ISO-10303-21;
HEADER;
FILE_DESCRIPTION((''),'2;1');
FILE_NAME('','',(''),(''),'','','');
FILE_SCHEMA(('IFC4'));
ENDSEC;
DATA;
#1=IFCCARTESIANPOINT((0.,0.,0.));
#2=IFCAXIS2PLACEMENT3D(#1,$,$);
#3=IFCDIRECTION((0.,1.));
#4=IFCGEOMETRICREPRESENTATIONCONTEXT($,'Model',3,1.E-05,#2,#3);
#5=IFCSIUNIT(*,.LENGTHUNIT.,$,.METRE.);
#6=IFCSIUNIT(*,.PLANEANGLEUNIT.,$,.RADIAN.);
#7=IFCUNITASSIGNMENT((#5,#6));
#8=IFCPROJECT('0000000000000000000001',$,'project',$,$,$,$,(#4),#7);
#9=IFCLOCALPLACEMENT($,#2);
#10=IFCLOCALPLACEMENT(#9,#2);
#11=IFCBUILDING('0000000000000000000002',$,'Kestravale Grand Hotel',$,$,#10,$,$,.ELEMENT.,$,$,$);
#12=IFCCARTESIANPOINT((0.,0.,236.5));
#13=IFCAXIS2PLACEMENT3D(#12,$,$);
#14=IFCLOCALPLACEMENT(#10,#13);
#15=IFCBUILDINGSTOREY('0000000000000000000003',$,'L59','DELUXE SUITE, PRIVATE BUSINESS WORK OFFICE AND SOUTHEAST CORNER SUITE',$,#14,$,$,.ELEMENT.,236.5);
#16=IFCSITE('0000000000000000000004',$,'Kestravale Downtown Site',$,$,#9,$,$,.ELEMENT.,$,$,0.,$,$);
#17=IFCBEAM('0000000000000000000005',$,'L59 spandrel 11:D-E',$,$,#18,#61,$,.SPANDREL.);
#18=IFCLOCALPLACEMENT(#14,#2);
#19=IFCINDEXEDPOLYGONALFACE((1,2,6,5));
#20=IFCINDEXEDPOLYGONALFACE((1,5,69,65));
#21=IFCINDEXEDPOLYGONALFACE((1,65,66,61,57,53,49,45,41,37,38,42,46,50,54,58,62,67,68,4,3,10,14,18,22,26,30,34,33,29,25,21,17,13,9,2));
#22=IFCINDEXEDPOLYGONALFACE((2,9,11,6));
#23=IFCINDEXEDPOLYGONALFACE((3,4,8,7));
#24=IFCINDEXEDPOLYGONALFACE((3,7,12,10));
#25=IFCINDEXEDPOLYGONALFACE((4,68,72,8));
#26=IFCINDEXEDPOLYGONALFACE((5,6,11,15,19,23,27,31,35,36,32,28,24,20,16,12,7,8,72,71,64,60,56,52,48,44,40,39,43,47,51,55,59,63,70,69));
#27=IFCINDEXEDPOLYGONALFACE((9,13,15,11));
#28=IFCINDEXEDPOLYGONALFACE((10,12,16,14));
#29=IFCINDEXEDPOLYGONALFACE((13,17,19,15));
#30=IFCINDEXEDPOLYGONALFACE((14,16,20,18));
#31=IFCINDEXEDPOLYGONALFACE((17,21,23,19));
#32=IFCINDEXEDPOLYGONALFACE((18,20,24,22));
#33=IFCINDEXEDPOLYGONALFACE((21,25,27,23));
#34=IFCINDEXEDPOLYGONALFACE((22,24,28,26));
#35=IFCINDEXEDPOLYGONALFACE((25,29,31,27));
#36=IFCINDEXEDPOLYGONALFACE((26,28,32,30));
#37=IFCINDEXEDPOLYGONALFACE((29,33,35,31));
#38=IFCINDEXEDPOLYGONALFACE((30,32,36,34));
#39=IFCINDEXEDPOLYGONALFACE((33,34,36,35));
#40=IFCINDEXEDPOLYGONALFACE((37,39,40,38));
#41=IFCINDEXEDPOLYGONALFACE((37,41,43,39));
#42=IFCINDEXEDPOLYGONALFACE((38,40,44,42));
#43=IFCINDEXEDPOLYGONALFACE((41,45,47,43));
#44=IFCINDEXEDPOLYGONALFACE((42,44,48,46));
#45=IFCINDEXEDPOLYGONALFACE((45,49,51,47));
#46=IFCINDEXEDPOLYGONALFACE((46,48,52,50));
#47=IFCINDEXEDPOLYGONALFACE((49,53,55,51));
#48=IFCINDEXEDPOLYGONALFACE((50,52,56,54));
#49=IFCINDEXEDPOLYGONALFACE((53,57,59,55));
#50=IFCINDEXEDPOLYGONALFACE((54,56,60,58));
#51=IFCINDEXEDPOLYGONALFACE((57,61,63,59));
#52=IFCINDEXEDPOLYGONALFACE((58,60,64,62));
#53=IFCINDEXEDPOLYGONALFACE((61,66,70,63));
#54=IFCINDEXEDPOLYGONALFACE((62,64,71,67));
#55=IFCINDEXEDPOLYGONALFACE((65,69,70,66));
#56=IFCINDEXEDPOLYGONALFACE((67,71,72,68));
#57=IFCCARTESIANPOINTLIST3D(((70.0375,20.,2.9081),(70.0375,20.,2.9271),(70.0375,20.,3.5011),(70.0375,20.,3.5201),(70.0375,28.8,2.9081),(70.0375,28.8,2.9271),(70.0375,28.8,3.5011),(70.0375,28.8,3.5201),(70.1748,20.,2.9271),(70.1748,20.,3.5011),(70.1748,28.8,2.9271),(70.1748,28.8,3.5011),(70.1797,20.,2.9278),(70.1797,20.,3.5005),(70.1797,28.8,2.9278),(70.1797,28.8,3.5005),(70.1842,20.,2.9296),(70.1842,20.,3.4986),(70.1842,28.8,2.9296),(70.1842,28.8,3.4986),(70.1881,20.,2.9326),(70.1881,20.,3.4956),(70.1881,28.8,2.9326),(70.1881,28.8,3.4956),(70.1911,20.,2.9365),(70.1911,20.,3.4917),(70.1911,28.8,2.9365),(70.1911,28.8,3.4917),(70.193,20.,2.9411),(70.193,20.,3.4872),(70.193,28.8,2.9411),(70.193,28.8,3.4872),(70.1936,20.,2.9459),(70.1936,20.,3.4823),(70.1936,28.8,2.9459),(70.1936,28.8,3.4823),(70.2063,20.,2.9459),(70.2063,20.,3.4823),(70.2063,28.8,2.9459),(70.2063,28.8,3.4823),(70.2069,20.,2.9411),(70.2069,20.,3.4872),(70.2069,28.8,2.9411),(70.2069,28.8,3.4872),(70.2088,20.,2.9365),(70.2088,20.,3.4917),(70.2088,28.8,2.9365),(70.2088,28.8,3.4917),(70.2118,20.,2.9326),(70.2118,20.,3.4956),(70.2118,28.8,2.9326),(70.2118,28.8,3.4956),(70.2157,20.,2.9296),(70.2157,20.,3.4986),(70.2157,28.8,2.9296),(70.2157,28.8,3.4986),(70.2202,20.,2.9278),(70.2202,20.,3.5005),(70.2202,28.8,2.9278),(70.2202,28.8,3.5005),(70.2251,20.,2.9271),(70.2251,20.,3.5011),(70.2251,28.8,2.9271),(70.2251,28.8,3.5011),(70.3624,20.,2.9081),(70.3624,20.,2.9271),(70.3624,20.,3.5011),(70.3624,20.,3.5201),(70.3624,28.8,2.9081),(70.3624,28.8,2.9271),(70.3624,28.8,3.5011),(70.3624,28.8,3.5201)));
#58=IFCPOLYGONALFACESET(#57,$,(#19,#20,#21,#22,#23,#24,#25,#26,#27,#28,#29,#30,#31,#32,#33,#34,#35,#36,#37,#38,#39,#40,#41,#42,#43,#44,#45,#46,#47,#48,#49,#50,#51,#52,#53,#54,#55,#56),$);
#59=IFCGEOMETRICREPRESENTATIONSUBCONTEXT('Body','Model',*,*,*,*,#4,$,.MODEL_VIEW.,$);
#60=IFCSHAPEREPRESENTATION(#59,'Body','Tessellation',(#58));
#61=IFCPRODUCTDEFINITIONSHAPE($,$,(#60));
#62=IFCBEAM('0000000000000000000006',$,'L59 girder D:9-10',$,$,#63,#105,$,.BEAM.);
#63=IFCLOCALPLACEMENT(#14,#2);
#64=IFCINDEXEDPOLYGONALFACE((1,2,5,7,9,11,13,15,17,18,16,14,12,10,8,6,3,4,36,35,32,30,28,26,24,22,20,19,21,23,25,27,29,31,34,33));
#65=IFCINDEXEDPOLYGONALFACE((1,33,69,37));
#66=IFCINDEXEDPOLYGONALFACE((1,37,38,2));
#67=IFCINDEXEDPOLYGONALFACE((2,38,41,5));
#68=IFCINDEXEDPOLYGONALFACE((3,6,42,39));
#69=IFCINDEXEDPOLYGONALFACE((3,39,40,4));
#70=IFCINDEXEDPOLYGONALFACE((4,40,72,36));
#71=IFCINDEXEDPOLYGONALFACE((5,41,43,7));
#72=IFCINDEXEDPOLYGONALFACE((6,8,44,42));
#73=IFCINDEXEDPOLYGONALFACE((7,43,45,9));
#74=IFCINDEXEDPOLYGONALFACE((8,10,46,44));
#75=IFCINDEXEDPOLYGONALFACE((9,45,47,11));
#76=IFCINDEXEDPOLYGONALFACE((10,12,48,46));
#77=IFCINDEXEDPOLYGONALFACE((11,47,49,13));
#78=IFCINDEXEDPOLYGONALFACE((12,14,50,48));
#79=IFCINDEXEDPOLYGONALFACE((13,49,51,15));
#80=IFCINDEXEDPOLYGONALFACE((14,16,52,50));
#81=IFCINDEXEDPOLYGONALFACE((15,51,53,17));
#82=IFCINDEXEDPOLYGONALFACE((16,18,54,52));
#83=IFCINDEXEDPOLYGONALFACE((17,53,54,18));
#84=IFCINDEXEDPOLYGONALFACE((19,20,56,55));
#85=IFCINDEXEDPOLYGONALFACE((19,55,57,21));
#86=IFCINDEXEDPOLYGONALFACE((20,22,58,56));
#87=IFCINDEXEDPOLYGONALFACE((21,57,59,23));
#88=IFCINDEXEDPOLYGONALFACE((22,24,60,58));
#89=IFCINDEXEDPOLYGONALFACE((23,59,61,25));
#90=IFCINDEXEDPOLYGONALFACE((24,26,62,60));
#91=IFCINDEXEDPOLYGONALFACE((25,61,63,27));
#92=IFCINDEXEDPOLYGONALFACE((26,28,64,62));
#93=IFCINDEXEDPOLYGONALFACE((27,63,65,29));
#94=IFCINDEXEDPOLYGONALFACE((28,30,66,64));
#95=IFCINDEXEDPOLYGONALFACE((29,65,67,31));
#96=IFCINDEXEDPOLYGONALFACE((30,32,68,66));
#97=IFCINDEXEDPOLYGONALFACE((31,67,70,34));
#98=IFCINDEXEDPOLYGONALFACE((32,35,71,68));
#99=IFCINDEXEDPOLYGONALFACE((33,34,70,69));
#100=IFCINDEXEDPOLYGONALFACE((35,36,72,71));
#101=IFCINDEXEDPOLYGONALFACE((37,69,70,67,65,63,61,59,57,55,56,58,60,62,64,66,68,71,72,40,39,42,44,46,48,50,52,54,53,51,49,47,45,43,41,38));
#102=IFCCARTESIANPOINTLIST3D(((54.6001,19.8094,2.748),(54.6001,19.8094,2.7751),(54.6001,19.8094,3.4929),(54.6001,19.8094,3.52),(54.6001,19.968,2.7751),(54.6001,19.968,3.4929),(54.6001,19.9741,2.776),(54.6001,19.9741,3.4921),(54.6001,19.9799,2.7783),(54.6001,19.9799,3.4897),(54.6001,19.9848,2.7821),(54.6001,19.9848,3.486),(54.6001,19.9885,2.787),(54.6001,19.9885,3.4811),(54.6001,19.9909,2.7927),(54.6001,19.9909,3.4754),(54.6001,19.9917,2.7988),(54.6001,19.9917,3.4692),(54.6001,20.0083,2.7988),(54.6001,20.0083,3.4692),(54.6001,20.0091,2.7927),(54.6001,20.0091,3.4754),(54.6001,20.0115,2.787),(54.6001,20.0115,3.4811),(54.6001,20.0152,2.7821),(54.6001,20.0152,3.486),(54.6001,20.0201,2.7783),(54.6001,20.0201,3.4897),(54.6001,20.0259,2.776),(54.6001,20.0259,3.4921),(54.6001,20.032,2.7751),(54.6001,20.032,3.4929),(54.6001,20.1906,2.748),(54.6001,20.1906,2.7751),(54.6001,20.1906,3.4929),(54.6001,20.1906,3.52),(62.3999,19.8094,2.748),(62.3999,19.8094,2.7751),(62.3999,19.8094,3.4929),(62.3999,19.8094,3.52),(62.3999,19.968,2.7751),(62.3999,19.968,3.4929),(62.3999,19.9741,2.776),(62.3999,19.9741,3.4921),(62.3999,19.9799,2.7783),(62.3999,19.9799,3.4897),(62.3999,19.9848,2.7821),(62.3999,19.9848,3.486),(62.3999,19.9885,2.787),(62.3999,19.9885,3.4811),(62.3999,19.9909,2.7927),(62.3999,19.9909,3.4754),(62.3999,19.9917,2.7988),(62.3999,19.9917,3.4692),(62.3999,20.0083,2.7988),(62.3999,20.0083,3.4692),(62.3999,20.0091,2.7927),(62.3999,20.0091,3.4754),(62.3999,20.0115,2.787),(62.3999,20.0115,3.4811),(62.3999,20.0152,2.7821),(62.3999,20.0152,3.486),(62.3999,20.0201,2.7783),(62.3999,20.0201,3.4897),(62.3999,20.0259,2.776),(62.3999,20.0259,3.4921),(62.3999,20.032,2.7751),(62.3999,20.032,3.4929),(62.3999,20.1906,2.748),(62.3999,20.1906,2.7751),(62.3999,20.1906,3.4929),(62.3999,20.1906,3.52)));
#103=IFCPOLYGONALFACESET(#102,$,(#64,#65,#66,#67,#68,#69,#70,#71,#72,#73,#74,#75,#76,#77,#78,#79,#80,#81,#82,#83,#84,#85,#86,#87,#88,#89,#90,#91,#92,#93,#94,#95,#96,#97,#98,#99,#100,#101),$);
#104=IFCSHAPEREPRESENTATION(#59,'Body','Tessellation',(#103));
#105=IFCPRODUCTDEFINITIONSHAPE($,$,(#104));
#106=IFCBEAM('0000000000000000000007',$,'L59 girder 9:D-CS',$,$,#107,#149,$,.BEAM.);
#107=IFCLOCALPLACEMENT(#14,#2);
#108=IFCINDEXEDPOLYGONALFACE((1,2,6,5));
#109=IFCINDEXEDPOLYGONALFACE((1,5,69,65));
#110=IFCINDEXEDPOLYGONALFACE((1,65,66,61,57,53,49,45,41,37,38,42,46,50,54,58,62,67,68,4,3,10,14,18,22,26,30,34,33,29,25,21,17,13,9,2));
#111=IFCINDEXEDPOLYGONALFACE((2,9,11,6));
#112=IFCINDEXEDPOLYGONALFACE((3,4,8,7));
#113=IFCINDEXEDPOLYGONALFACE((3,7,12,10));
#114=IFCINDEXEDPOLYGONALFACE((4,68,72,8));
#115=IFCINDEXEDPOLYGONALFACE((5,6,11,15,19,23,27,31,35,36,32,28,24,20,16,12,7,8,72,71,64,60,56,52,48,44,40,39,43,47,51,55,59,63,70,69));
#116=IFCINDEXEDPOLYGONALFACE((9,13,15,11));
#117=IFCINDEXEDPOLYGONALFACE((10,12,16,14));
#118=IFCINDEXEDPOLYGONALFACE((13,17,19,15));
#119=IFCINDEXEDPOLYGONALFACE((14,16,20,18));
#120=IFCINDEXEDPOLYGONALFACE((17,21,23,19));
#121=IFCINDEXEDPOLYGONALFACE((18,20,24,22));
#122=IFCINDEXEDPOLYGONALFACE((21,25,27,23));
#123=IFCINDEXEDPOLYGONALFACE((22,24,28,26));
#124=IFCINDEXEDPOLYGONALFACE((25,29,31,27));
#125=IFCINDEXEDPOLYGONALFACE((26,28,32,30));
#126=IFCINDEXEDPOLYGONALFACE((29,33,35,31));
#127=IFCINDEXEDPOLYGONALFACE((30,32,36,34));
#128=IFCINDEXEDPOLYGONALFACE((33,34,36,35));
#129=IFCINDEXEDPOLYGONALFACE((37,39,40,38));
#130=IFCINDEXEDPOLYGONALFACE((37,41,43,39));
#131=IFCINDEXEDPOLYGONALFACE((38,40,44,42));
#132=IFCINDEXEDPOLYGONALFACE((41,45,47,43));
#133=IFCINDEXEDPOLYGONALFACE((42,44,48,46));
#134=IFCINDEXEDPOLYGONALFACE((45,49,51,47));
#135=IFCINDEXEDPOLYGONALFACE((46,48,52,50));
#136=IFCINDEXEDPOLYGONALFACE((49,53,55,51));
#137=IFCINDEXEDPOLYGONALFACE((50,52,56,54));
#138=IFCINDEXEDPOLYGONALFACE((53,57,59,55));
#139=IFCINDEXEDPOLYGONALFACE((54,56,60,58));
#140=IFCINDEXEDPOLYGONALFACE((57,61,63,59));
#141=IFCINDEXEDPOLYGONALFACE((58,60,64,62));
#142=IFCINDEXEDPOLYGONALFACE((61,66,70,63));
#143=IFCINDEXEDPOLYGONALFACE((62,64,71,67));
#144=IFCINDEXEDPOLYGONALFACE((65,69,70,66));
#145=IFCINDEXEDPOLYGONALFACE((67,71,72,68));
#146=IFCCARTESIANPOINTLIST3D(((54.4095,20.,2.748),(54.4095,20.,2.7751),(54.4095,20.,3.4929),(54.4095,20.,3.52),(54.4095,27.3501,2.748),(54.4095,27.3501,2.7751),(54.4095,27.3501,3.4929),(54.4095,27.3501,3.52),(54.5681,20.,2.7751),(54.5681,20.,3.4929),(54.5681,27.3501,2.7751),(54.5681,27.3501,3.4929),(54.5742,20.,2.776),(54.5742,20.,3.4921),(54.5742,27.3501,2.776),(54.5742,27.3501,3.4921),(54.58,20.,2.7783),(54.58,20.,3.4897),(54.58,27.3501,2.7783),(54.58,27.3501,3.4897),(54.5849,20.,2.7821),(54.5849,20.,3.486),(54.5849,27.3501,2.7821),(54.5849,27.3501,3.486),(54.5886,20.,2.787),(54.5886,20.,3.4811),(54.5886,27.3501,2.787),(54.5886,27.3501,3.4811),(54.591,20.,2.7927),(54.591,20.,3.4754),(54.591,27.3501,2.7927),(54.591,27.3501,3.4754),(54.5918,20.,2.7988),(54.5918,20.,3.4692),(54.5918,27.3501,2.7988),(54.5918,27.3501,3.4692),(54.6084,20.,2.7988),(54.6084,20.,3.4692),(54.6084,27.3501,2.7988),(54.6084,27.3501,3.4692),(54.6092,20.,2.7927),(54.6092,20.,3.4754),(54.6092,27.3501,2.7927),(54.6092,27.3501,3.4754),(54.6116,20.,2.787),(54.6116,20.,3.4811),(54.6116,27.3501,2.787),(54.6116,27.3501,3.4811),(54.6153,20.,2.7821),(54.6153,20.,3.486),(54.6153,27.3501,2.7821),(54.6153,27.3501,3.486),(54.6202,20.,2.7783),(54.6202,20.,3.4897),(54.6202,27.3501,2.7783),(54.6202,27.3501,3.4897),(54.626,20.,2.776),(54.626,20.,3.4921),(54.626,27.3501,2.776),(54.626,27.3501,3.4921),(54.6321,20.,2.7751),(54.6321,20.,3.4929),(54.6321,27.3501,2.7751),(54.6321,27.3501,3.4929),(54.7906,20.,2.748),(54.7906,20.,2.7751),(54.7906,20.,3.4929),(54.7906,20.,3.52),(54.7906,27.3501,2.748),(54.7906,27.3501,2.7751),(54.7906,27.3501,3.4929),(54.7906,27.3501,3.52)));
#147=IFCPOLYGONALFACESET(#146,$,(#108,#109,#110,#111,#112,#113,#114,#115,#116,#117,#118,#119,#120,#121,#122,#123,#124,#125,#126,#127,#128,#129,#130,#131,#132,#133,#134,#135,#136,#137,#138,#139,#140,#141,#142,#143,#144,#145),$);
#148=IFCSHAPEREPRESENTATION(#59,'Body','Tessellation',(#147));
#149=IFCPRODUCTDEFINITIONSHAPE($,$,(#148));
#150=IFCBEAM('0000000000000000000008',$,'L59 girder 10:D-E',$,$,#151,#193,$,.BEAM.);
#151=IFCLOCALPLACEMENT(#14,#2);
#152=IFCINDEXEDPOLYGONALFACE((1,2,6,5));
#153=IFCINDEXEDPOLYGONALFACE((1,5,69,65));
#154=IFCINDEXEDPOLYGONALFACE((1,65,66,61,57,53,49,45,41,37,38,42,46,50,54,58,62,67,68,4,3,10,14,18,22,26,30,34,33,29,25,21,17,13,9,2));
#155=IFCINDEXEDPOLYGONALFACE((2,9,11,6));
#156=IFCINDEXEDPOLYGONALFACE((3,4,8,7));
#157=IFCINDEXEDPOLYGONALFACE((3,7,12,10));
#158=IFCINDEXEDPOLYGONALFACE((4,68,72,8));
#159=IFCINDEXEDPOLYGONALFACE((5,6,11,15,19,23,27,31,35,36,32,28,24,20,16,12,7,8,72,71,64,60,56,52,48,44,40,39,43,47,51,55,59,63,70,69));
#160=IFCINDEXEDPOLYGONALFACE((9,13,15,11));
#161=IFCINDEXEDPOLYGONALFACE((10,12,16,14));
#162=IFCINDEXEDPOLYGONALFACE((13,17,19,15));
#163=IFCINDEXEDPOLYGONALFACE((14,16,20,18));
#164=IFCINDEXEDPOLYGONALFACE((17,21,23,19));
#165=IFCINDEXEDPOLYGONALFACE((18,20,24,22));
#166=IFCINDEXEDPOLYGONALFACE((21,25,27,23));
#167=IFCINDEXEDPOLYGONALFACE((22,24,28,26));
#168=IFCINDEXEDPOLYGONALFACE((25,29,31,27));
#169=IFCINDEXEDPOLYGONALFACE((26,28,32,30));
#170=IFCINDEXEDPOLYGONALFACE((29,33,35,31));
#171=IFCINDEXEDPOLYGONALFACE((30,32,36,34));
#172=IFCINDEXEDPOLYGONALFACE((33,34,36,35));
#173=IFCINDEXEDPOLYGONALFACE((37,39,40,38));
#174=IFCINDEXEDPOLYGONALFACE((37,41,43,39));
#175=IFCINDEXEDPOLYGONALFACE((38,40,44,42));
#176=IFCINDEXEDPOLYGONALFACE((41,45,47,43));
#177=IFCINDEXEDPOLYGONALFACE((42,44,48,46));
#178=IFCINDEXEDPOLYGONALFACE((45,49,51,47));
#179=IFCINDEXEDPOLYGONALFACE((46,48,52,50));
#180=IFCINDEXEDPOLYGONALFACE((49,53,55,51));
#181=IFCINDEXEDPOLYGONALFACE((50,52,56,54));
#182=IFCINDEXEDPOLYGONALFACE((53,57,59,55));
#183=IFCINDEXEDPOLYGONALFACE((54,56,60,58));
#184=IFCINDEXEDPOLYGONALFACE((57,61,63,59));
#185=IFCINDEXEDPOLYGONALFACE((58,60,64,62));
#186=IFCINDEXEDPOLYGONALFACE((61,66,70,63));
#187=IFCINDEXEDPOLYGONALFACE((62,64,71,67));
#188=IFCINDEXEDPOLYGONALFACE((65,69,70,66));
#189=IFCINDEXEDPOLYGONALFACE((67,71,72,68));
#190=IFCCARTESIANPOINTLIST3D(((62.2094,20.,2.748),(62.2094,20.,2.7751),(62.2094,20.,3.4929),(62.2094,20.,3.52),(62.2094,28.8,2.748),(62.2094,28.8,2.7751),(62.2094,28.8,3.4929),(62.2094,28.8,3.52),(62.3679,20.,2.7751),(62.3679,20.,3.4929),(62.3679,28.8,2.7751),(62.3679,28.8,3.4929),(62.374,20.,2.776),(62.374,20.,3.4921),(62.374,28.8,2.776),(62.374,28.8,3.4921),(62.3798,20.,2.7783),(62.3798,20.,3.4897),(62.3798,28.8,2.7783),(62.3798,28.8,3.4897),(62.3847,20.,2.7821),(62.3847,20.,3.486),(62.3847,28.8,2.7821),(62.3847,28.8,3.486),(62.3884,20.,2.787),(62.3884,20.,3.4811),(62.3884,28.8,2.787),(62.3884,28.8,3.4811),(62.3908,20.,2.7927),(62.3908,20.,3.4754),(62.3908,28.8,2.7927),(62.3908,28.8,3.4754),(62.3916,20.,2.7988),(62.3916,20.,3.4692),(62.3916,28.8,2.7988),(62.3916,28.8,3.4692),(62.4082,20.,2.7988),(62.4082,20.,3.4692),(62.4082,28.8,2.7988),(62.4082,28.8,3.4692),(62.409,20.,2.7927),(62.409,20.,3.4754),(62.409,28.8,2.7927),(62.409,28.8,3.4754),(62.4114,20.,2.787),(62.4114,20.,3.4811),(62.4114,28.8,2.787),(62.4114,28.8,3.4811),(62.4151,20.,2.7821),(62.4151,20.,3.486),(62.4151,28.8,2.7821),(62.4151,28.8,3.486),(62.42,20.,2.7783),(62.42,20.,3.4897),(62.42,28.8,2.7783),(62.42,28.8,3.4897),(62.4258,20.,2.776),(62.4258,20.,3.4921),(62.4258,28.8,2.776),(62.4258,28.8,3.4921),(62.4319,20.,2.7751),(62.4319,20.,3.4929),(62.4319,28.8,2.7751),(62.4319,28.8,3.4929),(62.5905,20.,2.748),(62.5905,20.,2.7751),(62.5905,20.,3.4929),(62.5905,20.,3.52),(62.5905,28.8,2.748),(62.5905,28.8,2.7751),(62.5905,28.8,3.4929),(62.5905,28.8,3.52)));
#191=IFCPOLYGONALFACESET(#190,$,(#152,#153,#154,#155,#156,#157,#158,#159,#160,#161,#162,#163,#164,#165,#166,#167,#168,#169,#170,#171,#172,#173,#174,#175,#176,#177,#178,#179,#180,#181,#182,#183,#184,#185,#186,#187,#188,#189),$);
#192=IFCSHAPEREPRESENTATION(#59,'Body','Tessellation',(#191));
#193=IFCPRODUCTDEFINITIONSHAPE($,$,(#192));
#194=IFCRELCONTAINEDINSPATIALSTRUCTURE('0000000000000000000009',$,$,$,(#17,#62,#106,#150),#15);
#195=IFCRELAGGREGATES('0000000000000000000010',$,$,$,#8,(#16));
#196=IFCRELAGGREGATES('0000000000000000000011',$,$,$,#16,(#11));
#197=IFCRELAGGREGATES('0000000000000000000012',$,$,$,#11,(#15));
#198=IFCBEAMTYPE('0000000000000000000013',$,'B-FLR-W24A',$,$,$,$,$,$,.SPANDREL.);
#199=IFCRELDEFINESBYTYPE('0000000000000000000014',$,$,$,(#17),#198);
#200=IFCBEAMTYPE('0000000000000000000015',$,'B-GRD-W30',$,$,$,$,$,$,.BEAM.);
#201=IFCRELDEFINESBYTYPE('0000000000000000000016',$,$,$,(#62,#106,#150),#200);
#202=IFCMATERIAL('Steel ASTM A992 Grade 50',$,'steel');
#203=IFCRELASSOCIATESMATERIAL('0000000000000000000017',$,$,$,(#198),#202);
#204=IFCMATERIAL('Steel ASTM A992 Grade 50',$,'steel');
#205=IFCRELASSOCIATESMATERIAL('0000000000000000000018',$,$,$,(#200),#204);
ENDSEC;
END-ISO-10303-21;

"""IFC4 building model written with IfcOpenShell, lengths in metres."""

from ifc_helpers import new_model, si_unit, direction, frame, origin, origin_2d, place, context, subcontext, project, spatial, i_section, extrude, material, material_profile, profile_set, type_object, element, save


model = new_model("IFC4")

# Units and contexts
model_context = context("Model", 3, precision=1e-05, world=origin(), true_north=direction((0.0, 1.0)))
body_context = subcontext(model_context, "Body", "Model", "MODEL_VIEW")
ifc_project = project(units=[si_unit("LENGTHUNIT", "METRE"), si_unit("PLANEANGLEUNIT", "RADIAN")], contexts=[model_context])

# Site, building, storey
site_placement = place(None, origin())
site = spatial("IfcSite", under=ifc_project, at=site_placement, Name="Kestravale Downtown Site", CompositionType="ELEMENT", RefElevation=0.0)
building_placement = place(site_placement, origin())
building = spatial("IfcBuilding", under=site, at=building_placement, Name="Kestravale Grand Hotel", CompositionType="ELEMENT")
storey_placement = place(building_placement, frame((0.0, 0.0, 236.5)))
storey = spatial("IfcBuildingStorey", under=building, at=storey_placement, Name="L59", Description="DELUXE SUITE, PRIVATE BUSINESS WORK OFFICE AND SOUTHEAST CORNER SUITE", CompositionType="ELEMENT", Elevation=236.5)

# Beams
ifc_material_1 = material(Name="Steel ASTM A992 Grade 50", Category="steel")
ifc_material_profile_1 = material_profile(ifc_material_1, i_section(OverallWidth=0.325, OverallDepth=0.6121, WebThickness=0.0127, FlangeThickness=0.019, FilletRadius=0.0188, at=origin_2d()))
ifc_profile_set_1 = profile_set([ifc_material_profile_1], Name="Steel ASTM A992 Grade 50")
beam_type_1 = type_object("IfcBeamType", Name="B-FLR-W24A", PredefinedType="SPANDREL", material=ifc_profile_set_1)
for number, where, z_axis, x_axis, name in (
    (1, (70.2, 20.0, 3.2141), (0.0, 1.0, 0.0), (-1.0, 0.0, 0.0), "L59 spandrel 11:D-E"),
):
    element("IfcBeam", number, at=place(storey_placement, frame(where, z_axis=z_axis, x_axis=x_axis)), inside=storey, type_object=beam_type_1, Name=name, PredefinedType="SPANDREL", context=body_context, shape_type="SweptSolid", body=[
        extrude(i_section(OverallWidth=0.325, OverallDepth=0.6121, WebThickness=0.0127, FlangeThickness=0.019, FilletRadius=0.0188, at=origin_2d()), origin(), (0.0, 0.0, 1.0), 8.8),
    ])
ifc_material_2 = material(Name="Steel ASTM A992 Grade 50", Category="steel")
ifc_material_profile_2 = material_profile(ifc_material_2, i_section(OverallWidth=0.3811, OverallDepth=0.772, WebThickness=0.0166, FlangeThickness=0.0271, FilletRadius=0.0237, at=origin_2d()))
ifc_profile_set_2 = profile_set([ifc_material_profile_2], Name="Steel ASTM A992 Grade 50")
beam_type_2 = type_object("IfcBeamType", Name="B-GRD-W30", PredefinedType="BEAM", material=ifc_profile_set_2)
beam_1_placement = place(storey_placement, frame((54.6001, 20.0, 3.134), z_axis=(1.0, 0.0, 0.0), x_axis=(0.0, 1.0, 0.0)))
element("IfcBeam", 2, at=beam_1_placement, inside=storey, type_object=beam_type_2, Name="L59 girder D:9-10", PredefinedType="BEAM", context=body_context, shape_type="SweptSolid", body=[
    extrude(i_section(OverallWidth=0.3811, OverallDepth=0.772, WebThickness=0.0166, FlangeThickness=0.0271, FilletRadius=0.0237, at=origin_2d()), origin(), (0.0, 0.0, 1.0), 7.7998),
])
beam_2_placement = place(storey_placement, frame((54.6001, 20.0, 3.134), z_axis=(0.0, 1.0, 0.0), x_axis=(-1.0, 0.0, 0.0)))
element("IfcBeam", 3, at=beam_2_placement, inside=storey, type_object=beam_type_2, Name="L59 girder 9:D-CS", PredefinedType="BEAM", context=body_context, shape_type="SweptSolid", body=[
    extrude(i_section(OverallWidth=0.3811, OverallDepth=0.772, WebThickness=0.0166, FlangeThickness=0.0271, FilletRadius=0.0237, at=origin_2d()), origin(), (0.0, 0.0, 1.0), 7.3501),
])
beam_3_placement = place(storey_placement, frame((62.3999, 20.0, 3.134), z_axis=(0.0, 1.0, 0.0), x_axis=(-1.0, 0.0, 0.0)))
element("IfcBeam", 4, at=beam_3_placement, inside=storey, type_object=beam_type_2, Name="L59 girder 10:D-E", PredefinedType="BEAM", context=body_context, shape_type="SweptSolid", body=[
    extrude(i_section(OverallWidth=0.3811, OverallDepth=0.772, WebThickness=0.0166, FlangeThickness=0.0271, FilletRadius=0.0237, at=origin_2d()), origin(), (0.0, 0.0, 1.0), 8.8),
])

save(model, "model.ifc")
